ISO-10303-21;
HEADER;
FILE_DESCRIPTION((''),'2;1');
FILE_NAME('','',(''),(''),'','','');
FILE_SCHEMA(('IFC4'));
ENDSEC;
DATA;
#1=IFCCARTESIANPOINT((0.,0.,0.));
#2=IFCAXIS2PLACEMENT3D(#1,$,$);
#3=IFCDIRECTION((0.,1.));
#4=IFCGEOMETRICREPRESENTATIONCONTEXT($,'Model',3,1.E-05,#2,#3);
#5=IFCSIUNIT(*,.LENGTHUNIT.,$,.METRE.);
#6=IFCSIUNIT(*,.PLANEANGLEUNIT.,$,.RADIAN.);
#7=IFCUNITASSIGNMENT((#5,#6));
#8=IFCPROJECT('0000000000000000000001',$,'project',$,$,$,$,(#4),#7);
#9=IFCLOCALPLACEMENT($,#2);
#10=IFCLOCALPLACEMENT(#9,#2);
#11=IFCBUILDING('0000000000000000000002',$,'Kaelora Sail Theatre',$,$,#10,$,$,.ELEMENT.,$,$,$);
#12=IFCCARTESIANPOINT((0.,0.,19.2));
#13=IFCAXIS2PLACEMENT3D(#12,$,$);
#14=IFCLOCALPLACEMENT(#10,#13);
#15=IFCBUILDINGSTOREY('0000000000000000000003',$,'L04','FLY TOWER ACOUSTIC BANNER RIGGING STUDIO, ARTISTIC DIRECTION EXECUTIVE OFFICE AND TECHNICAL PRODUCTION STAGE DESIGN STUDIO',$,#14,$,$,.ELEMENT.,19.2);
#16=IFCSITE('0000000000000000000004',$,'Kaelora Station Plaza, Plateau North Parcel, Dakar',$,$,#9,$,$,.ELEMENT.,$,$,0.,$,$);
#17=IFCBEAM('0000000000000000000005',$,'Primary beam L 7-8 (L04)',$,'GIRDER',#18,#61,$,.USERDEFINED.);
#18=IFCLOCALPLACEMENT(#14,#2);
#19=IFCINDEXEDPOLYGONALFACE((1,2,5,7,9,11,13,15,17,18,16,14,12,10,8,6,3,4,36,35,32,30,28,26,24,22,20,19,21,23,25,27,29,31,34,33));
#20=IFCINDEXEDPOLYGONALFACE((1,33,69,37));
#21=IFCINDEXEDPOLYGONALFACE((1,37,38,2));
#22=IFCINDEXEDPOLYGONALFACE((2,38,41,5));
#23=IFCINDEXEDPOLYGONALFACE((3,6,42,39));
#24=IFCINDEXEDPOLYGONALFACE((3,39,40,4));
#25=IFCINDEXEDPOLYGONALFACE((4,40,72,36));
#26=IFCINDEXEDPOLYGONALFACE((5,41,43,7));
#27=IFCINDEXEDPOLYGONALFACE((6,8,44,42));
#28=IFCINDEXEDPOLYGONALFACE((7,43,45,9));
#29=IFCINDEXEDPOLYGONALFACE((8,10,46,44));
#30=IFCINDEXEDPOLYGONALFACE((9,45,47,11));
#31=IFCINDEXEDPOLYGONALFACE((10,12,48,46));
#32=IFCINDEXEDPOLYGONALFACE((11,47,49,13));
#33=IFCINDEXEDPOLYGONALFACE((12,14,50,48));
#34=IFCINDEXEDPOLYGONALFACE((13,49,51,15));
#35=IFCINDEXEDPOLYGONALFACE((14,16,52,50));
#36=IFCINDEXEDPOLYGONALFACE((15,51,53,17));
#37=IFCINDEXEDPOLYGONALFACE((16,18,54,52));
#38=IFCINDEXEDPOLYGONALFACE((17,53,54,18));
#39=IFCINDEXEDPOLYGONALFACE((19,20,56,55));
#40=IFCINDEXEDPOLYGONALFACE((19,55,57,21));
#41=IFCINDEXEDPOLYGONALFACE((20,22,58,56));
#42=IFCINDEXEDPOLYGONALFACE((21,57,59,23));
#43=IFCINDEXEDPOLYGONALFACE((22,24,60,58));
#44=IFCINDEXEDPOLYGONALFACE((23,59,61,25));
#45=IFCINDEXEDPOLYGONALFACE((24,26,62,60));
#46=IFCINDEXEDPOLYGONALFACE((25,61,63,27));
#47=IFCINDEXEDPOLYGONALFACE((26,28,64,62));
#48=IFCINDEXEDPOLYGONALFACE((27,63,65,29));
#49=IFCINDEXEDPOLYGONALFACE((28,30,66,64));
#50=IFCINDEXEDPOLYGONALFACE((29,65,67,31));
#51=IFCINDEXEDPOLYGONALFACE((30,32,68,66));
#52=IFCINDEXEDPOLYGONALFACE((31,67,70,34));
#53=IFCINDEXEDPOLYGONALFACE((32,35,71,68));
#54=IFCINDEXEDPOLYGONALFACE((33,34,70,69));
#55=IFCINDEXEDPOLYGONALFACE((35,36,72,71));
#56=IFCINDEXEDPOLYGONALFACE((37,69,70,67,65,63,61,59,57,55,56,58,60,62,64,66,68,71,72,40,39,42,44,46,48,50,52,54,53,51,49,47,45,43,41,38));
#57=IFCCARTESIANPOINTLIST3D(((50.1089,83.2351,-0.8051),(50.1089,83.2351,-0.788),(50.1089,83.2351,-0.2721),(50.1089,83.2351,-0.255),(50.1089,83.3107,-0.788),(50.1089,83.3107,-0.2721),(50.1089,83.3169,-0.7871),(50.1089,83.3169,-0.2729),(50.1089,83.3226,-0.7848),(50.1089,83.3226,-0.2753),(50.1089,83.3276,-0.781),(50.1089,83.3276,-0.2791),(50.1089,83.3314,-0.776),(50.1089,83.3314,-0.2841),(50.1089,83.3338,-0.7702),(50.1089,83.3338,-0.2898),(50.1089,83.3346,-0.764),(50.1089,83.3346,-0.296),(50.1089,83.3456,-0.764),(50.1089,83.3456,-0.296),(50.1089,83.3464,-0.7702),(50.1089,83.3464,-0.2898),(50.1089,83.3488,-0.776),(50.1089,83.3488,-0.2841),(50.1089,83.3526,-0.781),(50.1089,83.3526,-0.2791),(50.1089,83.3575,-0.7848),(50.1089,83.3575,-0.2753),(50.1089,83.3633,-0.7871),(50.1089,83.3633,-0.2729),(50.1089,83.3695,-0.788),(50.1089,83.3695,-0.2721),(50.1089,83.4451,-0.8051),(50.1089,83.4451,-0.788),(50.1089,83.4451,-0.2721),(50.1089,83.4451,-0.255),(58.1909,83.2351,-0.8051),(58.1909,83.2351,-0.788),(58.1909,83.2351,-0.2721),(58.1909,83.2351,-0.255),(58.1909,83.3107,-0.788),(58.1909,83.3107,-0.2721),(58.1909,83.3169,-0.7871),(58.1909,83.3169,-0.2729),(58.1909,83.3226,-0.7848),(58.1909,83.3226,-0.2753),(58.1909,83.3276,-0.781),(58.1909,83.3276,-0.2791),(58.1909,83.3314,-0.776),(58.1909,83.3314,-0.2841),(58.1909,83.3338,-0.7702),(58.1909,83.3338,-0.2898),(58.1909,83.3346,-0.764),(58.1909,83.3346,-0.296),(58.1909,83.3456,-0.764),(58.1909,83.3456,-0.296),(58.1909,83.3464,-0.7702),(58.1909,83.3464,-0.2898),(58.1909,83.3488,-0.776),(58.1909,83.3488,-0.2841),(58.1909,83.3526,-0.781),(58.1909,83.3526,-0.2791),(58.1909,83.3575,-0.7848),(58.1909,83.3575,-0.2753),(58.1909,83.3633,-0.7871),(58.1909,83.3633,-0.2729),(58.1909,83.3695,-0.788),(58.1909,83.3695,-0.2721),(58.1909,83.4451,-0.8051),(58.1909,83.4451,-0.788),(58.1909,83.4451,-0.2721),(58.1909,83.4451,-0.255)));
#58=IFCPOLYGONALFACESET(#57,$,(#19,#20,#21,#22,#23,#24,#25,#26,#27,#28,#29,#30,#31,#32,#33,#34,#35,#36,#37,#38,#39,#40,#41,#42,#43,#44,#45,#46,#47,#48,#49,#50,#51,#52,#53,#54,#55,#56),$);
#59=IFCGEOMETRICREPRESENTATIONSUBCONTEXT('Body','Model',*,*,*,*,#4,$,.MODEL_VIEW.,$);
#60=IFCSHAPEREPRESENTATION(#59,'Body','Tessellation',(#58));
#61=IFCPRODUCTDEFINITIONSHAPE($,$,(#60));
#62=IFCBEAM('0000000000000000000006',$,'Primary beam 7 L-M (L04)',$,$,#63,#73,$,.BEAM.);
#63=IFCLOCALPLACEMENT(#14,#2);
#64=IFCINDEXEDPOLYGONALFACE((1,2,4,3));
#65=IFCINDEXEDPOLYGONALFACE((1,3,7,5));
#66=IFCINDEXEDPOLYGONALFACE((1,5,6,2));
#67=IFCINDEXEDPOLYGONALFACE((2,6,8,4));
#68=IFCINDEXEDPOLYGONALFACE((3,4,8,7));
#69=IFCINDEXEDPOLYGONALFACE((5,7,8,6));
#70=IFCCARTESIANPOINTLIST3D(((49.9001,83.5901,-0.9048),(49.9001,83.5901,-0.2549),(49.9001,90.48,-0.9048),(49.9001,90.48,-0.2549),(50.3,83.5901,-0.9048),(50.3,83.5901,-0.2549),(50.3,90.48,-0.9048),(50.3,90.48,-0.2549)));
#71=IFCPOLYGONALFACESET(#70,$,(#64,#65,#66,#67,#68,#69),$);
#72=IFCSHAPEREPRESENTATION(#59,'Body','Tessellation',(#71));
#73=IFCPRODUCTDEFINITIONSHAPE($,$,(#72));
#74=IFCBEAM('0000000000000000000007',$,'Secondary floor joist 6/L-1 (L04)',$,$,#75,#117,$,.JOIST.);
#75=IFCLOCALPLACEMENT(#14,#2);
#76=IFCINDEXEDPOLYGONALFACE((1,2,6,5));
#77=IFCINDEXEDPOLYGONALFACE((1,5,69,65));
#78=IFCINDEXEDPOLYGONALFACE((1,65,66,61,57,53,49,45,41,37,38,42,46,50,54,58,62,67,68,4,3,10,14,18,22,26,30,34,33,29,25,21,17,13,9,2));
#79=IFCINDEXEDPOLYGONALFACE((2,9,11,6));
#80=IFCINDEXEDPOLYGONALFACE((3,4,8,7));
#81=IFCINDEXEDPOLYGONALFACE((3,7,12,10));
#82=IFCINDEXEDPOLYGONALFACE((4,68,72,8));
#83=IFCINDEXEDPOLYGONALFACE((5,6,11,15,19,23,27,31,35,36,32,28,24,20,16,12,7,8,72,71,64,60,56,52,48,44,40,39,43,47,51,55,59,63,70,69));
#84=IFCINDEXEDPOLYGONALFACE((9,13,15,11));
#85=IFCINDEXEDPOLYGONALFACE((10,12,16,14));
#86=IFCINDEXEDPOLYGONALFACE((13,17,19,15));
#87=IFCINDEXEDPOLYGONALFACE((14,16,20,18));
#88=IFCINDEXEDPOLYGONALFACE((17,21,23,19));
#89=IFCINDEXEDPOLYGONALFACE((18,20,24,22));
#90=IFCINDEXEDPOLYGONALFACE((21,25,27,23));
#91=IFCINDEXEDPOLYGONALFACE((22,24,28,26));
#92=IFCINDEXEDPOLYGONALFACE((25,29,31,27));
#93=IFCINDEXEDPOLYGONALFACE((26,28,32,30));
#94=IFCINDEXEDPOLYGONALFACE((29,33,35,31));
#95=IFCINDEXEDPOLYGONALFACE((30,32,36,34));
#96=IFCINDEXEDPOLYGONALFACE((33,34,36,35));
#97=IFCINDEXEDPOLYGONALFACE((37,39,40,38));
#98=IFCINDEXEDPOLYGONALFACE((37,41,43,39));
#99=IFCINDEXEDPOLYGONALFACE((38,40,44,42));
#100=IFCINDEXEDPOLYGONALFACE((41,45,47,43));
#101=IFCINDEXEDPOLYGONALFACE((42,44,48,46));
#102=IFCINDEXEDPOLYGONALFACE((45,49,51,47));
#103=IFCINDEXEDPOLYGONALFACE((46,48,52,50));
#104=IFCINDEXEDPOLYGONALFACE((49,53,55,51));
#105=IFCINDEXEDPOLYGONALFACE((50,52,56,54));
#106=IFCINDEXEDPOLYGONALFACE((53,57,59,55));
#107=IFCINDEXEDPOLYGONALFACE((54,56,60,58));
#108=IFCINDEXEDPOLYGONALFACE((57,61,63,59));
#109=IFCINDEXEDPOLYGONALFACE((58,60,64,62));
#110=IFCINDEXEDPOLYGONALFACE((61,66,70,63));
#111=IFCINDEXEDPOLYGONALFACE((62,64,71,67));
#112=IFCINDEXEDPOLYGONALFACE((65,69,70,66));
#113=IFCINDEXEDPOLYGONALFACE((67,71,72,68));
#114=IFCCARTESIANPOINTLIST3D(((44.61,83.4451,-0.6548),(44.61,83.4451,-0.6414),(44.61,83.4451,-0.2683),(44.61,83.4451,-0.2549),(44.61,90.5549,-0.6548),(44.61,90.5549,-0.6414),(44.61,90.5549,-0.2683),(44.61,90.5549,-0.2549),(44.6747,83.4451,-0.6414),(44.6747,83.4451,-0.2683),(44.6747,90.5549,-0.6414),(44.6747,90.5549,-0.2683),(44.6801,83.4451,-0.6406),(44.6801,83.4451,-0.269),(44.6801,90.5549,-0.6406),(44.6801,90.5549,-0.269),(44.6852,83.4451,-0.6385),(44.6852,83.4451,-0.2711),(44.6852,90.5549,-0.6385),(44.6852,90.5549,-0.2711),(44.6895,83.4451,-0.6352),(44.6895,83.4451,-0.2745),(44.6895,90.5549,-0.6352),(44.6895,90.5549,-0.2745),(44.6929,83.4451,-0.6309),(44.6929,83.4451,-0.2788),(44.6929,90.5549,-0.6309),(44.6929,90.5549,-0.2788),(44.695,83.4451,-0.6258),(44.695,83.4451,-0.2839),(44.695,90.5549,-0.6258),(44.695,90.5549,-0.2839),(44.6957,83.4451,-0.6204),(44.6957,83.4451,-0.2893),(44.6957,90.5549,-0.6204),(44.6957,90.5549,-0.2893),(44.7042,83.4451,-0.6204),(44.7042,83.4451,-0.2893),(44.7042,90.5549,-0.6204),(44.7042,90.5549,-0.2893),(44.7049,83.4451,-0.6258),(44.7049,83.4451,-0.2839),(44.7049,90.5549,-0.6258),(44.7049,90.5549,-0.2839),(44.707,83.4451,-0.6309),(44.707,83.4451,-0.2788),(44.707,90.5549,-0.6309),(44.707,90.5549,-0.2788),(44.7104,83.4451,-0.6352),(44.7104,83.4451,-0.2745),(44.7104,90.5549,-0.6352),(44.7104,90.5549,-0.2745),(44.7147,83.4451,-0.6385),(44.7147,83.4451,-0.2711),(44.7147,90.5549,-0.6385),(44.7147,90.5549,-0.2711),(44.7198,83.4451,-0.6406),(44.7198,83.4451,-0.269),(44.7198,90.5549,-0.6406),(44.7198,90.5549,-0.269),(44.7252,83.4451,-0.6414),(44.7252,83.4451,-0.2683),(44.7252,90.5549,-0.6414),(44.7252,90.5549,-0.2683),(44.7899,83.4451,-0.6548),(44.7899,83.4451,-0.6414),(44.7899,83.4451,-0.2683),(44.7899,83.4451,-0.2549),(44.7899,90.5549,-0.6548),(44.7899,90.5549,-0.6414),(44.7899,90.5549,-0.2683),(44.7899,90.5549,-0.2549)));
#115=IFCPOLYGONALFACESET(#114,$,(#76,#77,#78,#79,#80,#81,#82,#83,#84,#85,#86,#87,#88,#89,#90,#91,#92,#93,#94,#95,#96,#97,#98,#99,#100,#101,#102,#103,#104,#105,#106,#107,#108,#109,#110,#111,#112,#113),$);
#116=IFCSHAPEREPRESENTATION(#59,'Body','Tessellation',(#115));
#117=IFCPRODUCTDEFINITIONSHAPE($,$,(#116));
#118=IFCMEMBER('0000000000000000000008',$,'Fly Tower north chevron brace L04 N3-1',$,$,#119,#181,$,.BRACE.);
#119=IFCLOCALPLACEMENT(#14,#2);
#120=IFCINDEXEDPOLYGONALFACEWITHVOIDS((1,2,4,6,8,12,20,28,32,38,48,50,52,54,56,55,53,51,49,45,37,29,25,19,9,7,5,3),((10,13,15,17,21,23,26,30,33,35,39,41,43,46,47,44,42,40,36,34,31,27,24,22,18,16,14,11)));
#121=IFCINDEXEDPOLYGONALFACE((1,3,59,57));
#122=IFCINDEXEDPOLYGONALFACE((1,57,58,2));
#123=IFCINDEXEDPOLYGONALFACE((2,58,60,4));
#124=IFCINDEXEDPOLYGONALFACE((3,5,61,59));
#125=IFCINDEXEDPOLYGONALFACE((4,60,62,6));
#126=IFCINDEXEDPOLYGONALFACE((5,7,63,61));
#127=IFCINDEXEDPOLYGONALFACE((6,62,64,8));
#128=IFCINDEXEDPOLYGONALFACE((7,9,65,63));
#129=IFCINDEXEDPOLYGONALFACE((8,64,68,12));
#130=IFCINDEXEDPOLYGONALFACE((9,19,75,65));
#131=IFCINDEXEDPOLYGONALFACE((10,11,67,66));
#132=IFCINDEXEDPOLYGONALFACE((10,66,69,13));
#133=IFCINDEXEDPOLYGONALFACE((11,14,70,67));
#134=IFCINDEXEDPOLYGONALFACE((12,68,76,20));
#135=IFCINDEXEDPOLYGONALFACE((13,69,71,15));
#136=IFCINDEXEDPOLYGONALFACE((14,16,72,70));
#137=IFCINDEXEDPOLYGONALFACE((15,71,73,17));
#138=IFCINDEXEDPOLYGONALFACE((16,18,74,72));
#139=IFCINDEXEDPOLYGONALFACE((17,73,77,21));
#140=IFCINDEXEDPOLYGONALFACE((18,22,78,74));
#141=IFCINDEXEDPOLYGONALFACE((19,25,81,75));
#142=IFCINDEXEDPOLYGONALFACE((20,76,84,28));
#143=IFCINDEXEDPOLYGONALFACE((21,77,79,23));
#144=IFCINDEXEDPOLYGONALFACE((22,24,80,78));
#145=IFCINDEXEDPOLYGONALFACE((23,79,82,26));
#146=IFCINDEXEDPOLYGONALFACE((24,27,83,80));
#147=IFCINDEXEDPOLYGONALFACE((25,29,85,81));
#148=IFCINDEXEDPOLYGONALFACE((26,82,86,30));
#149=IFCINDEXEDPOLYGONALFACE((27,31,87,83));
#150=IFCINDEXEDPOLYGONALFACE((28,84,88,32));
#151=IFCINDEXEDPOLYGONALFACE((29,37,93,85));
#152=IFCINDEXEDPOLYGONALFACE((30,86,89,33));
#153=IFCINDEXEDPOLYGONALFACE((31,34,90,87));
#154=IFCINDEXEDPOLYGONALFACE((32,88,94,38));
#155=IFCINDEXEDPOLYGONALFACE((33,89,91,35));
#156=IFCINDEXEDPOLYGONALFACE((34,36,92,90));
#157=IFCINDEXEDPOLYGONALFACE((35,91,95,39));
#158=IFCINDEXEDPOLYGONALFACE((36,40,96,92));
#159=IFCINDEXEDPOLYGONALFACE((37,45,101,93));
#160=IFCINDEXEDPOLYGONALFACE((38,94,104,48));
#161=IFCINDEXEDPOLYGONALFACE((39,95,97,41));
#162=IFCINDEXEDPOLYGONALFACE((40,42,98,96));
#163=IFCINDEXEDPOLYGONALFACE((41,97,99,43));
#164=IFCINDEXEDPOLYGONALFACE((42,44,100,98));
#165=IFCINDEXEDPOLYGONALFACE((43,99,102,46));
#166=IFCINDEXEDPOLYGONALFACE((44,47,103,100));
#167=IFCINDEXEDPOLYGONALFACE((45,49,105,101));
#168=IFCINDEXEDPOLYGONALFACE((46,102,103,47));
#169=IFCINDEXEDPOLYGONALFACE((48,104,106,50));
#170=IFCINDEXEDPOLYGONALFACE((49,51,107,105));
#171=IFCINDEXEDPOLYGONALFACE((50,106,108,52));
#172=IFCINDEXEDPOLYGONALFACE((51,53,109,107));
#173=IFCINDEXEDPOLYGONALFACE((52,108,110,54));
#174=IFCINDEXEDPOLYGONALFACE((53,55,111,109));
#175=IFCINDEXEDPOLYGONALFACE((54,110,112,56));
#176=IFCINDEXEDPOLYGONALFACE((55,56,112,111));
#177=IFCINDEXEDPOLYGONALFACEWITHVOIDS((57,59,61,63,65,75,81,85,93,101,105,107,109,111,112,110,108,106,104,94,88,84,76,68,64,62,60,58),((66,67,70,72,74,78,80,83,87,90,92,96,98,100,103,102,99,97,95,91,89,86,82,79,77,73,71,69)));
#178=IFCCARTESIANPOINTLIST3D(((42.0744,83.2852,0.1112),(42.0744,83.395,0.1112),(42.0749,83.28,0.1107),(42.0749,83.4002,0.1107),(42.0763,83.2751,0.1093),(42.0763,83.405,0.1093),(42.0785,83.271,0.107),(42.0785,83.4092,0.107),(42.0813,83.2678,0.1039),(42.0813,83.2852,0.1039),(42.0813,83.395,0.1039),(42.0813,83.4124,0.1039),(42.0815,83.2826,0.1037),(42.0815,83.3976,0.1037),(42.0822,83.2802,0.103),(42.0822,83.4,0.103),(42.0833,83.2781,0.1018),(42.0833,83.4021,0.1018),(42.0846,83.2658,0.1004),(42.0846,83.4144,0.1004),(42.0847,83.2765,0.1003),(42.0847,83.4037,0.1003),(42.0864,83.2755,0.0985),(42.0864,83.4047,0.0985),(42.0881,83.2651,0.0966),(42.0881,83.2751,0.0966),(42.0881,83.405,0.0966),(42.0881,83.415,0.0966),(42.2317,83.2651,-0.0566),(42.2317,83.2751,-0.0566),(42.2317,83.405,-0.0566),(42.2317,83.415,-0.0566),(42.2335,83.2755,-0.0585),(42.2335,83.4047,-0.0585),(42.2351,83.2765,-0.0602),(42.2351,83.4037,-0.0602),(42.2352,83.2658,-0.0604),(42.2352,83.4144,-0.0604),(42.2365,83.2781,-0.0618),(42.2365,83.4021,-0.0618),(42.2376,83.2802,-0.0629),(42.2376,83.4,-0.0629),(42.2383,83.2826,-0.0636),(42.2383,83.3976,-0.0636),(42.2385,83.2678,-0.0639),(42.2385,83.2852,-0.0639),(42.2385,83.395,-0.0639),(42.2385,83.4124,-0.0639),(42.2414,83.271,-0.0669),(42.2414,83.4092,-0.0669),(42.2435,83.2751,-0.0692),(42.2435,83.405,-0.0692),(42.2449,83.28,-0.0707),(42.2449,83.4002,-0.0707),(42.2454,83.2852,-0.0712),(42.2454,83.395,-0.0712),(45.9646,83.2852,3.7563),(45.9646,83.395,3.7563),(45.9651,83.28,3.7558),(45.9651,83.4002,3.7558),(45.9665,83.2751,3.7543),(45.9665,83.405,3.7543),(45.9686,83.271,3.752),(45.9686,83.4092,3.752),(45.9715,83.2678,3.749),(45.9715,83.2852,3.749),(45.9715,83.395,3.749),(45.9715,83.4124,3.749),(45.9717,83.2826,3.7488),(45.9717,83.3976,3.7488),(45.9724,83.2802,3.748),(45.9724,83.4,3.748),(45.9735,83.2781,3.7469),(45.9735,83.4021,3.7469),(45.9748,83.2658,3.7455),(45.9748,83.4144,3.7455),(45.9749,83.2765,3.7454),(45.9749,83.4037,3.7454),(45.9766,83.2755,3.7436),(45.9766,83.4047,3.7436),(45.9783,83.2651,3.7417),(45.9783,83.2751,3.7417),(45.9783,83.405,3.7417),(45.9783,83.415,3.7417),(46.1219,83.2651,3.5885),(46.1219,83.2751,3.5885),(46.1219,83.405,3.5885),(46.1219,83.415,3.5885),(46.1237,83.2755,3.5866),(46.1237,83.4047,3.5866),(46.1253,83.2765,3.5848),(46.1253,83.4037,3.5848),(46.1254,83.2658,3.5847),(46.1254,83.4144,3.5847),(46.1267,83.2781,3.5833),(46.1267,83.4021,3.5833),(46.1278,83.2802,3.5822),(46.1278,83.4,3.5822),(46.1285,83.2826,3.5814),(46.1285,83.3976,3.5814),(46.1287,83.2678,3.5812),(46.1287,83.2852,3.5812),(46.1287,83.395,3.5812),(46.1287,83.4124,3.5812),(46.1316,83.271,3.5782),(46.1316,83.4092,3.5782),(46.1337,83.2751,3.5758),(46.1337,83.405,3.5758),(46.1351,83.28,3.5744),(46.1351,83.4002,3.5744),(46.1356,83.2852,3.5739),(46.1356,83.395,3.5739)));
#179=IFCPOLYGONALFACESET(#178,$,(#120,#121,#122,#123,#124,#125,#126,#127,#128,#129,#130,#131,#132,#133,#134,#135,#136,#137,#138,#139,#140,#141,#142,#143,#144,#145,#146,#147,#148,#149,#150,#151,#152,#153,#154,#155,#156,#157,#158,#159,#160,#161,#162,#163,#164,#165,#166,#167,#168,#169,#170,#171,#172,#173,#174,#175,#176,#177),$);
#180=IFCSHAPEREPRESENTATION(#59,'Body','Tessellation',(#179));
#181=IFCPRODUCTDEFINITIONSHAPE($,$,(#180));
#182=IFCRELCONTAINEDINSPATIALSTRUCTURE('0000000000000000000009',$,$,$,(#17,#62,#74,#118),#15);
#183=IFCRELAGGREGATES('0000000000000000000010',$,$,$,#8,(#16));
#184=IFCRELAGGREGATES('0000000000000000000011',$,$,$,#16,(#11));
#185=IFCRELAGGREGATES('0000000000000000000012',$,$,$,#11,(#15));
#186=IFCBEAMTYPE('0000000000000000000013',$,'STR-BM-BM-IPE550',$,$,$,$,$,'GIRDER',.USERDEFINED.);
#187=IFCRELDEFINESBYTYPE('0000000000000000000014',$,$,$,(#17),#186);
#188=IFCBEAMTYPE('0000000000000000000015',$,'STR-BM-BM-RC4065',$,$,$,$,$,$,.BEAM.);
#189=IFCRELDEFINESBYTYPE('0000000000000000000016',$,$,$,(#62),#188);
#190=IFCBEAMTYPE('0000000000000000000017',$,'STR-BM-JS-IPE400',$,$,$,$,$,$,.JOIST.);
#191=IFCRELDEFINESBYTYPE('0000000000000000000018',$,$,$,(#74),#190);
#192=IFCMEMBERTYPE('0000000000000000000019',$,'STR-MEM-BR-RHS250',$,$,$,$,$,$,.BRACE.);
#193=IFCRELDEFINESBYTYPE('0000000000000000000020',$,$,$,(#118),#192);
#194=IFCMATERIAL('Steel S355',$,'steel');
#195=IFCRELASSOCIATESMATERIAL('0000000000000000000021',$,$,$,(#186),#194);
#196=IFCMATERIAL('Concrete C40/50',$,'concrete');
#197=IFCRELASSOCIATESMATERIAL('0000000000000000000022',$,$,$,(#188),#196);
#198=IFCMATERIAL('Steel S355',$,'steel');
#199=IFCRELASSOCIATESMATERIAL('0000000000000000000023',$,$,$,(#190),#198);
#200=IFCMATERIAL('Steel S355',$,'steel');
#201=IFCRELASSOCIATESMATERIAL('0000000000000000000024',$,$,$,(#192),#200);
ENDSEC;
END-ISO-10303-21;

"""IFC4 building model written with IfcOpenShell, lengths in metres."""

from ifc_helpers import new_model, si_unit, direction, frame, origin, origin_2d, place, context, subcontext, project, spatial, rectangle, hollow_rectangle, i_section, extrude, material, material_profile, profile_set, type_object, element, save


model = new_model("IFC4")

# Units and contexts
model_context = context("Model", 3, precision=1e-05, world=origin(), true_north=direction((0.0, 1.0)))
body_context = subcontext(model_context, "Body", "Model", "MODEL_VIEW")
ifc_project = project(units=[si_unit("LENGTHUNIT", "METRE"), si_unit("PLANEANGLEUNIT", "RADIAN")], contexts=[model_context])

# Site, building, storey
site_placement = place(None, origin())
site = spatial("IfcSite", under=ifc_project, at=site_placement, Name="Kaelora Station Plaza, Plateau North Parcel, Dakar", CompositionType="ELEMENT", RefElevation=0.0)
building_placement = place(site_placement, origin())
building = spatial("IfcBuilding", under=site, at=building_placement, Name="Kaelora Sail Theatre", CompositionType="ELEMENT")
storey_placement = place(building_placement, frame((0.0, 0.0, 19.2)))
storey = spatial("IfcBuildingStorey", under=building, at=storey_placement, Name="L04", Description="FLY TOWER ACOUSTIC BANNER RIGGING STUDIO, ARTISTIC DIRECTION EXECUTIVE OFFICE AND TECHNICAL PRODUCTION STAGE DESIGN STUDIO", CompositionType="ELEMENT", Elevation=19.2)

# Beams
ifc_material_1 = material(Name="Steel S355", Category="steel")
ifc_material_profile_1 = material_profile(ifc_material_1, i_section(OverallWidth=0.21, OverallDepth=0.55, WebThickness=0.011, FlangeThickness=0.0171, FilletRadius=0.0239, at=origin_2d()), Name="IPE 550")
ifc_profile_set_1 = profile_set([ifc_material_profile_1], Name="Steel S355")
beam_type_1 = type_object("IfcBeamType", Name="STR-BM-BM-IPE550", ElementType="GIRDER", PredefinedType="USERDEFINED", material=ifc_profile_set_1)
beam_1_placement = place(storey_placement, frame((50.1089, 83.3401, -0.53), z_axis=(1.0, 0.0, 0.0), x_axis=(0.0, 1.0, 0.0)))
element("IfcBeam", 1, at=beam_1_placement, inside=storey, type_object=beam_type_1, Name="Primary beam L 7-8 (L04)", ObjectType="GIRDER", PredefinedType="USERDEFINED", context=body_context, shape_type="SweptSolid", body=[
    extrude(i_section(OverallWidth=0.21, OverallDepth=0.55, WebThickness=0.011, FlangeThickness=0.0171, FilletRadius=0.0239, at=origin_2d()), origin(), (0.0, 0.0, 1.0), 8.082),
])
ifc_material_2 = material(Name="Concrete C40/50", Category="concrete")
ifc_material_profile_2 = material_profile(ifc_material_2, rectangle(XDim=0.3999, YDim=0.6499, at=origin_2d()), Name="RC-BM 400x650")
ifc_profile_set_2 = profile_set([ifc_material_profile_2], Name="Concrete C40/50")
beam_type_2 = type_object("IfcBeamType", Name="STR-BM-BM-RC4065", PredefinedType="BEAM", material=ifc_profile_set_2)
beam_2_placement = place(storey_placement, frame((50.1001, 83.5901, -0.5798), z_axis=(0.0, 1.0, 0.0), x_axis=(-1.0, 0.0, 0.0)))
element("IfcBeam", 2, at=beam_2_placement, inside=storey, type_object=beam_type_2, Name="Primary beam 7 L-M (L04)", PredefinedType="BEAM", context=body_context, shape_type="SweptSolid", body=[
    extrude(rectangle(XDim=0.3999, YDim=0.6499, at=origin_2d()), origin(), (0.0, 0.0, 1.0), 6.8899),
])
ifc_material_3 = material(Name="Steel S355", Category="steel")
ifc_material_profile_3 = material_profile(ifc_material_3, i_section(OverallWidth=0.1799, OverallDepth=0.3999, WebThickness=0.0085, FlangeThickness=0.0134, FilletRadius=0.021, at=origin_2d()), Name="IPE 400")
ifc_profile_set_3 = profile_set([ifc_material_profile_3], Name="Steel S355")
beam_type_3 = type_object("IfcBeamType", Name="STR-BM-JS-IPE400", PredefinedType="JOIST", material=ifc_profile_set_3)
beam_3_placement = place(storey_placement, frame((44.7, 83.4451, -0.4548), z_axis=(0.0, 1.0, 0.0), x_axis=(-1.0, 0.0, 0.0)))
element("IfcBeam", 3, at=beam_3_placement, inside=storey, type_object=beam_type_3, Name="Secondary floor joist 6/L-1 (L04)", PredefinedType="JOIST", context=body_context, shape_type="SweptSolid", body=[
    extrude(i_section(OverallWidth=0.1799, OverallDepth=0.3999, WebThickness=0.0085, FlangeThickness=0.0134, FilletRadius=0.021, at=origin_2d()), origin(), (0.0, 0.0, 1.0), 7.1099),
])

# Member
ifc_material_4 = material(Name="Steel S355", Category="steel")
ifc_material_profile_4 = material_profile(ifc_material_4, hollow_rectangle(XDim=0.1499, YDim=0.25, WallThickness=0.01, InnerFilletRadius=0.01, OuterFilletRadius=0.02, at=origin_2d()), Name="RHS 250x150x10.0")
ifc_profile_set_4 = profile_set([ifc_material_profile_4], Name="Steel S355")
member_type_1 = type_object("IfcMemberType", Name="STR-MEM-BR-RHS250", PredefinedType="BRACE", material=ifc_profile_set_4)
member_1_placement = place(storey_placement, frame((42.1599, 83.3401, 0.02), z_axis=(0.729723, 0.0, 0.683743), x_axis=(0.0, 1.0, 0.0)))
element("IfcMember", 4, at=member_1_placement, inside=storey, type_object=member_type_1, Name="Fly Tower north chevron brace L04 N3-1", PredefinedType="BRACE", context=body_context, shape_type="SweptSolid", body=[
    extrude(hollow_rectangle(XDim=0.1499, YDim=0.25, WallThickness=0.01, InnerFilletRadius=0.01, OuterFilletRadius=0.02, at=origin_2d()), origin(), (0.0, 0.0, 1.0), 5.3311),
])

save(model, "model.ifc")
